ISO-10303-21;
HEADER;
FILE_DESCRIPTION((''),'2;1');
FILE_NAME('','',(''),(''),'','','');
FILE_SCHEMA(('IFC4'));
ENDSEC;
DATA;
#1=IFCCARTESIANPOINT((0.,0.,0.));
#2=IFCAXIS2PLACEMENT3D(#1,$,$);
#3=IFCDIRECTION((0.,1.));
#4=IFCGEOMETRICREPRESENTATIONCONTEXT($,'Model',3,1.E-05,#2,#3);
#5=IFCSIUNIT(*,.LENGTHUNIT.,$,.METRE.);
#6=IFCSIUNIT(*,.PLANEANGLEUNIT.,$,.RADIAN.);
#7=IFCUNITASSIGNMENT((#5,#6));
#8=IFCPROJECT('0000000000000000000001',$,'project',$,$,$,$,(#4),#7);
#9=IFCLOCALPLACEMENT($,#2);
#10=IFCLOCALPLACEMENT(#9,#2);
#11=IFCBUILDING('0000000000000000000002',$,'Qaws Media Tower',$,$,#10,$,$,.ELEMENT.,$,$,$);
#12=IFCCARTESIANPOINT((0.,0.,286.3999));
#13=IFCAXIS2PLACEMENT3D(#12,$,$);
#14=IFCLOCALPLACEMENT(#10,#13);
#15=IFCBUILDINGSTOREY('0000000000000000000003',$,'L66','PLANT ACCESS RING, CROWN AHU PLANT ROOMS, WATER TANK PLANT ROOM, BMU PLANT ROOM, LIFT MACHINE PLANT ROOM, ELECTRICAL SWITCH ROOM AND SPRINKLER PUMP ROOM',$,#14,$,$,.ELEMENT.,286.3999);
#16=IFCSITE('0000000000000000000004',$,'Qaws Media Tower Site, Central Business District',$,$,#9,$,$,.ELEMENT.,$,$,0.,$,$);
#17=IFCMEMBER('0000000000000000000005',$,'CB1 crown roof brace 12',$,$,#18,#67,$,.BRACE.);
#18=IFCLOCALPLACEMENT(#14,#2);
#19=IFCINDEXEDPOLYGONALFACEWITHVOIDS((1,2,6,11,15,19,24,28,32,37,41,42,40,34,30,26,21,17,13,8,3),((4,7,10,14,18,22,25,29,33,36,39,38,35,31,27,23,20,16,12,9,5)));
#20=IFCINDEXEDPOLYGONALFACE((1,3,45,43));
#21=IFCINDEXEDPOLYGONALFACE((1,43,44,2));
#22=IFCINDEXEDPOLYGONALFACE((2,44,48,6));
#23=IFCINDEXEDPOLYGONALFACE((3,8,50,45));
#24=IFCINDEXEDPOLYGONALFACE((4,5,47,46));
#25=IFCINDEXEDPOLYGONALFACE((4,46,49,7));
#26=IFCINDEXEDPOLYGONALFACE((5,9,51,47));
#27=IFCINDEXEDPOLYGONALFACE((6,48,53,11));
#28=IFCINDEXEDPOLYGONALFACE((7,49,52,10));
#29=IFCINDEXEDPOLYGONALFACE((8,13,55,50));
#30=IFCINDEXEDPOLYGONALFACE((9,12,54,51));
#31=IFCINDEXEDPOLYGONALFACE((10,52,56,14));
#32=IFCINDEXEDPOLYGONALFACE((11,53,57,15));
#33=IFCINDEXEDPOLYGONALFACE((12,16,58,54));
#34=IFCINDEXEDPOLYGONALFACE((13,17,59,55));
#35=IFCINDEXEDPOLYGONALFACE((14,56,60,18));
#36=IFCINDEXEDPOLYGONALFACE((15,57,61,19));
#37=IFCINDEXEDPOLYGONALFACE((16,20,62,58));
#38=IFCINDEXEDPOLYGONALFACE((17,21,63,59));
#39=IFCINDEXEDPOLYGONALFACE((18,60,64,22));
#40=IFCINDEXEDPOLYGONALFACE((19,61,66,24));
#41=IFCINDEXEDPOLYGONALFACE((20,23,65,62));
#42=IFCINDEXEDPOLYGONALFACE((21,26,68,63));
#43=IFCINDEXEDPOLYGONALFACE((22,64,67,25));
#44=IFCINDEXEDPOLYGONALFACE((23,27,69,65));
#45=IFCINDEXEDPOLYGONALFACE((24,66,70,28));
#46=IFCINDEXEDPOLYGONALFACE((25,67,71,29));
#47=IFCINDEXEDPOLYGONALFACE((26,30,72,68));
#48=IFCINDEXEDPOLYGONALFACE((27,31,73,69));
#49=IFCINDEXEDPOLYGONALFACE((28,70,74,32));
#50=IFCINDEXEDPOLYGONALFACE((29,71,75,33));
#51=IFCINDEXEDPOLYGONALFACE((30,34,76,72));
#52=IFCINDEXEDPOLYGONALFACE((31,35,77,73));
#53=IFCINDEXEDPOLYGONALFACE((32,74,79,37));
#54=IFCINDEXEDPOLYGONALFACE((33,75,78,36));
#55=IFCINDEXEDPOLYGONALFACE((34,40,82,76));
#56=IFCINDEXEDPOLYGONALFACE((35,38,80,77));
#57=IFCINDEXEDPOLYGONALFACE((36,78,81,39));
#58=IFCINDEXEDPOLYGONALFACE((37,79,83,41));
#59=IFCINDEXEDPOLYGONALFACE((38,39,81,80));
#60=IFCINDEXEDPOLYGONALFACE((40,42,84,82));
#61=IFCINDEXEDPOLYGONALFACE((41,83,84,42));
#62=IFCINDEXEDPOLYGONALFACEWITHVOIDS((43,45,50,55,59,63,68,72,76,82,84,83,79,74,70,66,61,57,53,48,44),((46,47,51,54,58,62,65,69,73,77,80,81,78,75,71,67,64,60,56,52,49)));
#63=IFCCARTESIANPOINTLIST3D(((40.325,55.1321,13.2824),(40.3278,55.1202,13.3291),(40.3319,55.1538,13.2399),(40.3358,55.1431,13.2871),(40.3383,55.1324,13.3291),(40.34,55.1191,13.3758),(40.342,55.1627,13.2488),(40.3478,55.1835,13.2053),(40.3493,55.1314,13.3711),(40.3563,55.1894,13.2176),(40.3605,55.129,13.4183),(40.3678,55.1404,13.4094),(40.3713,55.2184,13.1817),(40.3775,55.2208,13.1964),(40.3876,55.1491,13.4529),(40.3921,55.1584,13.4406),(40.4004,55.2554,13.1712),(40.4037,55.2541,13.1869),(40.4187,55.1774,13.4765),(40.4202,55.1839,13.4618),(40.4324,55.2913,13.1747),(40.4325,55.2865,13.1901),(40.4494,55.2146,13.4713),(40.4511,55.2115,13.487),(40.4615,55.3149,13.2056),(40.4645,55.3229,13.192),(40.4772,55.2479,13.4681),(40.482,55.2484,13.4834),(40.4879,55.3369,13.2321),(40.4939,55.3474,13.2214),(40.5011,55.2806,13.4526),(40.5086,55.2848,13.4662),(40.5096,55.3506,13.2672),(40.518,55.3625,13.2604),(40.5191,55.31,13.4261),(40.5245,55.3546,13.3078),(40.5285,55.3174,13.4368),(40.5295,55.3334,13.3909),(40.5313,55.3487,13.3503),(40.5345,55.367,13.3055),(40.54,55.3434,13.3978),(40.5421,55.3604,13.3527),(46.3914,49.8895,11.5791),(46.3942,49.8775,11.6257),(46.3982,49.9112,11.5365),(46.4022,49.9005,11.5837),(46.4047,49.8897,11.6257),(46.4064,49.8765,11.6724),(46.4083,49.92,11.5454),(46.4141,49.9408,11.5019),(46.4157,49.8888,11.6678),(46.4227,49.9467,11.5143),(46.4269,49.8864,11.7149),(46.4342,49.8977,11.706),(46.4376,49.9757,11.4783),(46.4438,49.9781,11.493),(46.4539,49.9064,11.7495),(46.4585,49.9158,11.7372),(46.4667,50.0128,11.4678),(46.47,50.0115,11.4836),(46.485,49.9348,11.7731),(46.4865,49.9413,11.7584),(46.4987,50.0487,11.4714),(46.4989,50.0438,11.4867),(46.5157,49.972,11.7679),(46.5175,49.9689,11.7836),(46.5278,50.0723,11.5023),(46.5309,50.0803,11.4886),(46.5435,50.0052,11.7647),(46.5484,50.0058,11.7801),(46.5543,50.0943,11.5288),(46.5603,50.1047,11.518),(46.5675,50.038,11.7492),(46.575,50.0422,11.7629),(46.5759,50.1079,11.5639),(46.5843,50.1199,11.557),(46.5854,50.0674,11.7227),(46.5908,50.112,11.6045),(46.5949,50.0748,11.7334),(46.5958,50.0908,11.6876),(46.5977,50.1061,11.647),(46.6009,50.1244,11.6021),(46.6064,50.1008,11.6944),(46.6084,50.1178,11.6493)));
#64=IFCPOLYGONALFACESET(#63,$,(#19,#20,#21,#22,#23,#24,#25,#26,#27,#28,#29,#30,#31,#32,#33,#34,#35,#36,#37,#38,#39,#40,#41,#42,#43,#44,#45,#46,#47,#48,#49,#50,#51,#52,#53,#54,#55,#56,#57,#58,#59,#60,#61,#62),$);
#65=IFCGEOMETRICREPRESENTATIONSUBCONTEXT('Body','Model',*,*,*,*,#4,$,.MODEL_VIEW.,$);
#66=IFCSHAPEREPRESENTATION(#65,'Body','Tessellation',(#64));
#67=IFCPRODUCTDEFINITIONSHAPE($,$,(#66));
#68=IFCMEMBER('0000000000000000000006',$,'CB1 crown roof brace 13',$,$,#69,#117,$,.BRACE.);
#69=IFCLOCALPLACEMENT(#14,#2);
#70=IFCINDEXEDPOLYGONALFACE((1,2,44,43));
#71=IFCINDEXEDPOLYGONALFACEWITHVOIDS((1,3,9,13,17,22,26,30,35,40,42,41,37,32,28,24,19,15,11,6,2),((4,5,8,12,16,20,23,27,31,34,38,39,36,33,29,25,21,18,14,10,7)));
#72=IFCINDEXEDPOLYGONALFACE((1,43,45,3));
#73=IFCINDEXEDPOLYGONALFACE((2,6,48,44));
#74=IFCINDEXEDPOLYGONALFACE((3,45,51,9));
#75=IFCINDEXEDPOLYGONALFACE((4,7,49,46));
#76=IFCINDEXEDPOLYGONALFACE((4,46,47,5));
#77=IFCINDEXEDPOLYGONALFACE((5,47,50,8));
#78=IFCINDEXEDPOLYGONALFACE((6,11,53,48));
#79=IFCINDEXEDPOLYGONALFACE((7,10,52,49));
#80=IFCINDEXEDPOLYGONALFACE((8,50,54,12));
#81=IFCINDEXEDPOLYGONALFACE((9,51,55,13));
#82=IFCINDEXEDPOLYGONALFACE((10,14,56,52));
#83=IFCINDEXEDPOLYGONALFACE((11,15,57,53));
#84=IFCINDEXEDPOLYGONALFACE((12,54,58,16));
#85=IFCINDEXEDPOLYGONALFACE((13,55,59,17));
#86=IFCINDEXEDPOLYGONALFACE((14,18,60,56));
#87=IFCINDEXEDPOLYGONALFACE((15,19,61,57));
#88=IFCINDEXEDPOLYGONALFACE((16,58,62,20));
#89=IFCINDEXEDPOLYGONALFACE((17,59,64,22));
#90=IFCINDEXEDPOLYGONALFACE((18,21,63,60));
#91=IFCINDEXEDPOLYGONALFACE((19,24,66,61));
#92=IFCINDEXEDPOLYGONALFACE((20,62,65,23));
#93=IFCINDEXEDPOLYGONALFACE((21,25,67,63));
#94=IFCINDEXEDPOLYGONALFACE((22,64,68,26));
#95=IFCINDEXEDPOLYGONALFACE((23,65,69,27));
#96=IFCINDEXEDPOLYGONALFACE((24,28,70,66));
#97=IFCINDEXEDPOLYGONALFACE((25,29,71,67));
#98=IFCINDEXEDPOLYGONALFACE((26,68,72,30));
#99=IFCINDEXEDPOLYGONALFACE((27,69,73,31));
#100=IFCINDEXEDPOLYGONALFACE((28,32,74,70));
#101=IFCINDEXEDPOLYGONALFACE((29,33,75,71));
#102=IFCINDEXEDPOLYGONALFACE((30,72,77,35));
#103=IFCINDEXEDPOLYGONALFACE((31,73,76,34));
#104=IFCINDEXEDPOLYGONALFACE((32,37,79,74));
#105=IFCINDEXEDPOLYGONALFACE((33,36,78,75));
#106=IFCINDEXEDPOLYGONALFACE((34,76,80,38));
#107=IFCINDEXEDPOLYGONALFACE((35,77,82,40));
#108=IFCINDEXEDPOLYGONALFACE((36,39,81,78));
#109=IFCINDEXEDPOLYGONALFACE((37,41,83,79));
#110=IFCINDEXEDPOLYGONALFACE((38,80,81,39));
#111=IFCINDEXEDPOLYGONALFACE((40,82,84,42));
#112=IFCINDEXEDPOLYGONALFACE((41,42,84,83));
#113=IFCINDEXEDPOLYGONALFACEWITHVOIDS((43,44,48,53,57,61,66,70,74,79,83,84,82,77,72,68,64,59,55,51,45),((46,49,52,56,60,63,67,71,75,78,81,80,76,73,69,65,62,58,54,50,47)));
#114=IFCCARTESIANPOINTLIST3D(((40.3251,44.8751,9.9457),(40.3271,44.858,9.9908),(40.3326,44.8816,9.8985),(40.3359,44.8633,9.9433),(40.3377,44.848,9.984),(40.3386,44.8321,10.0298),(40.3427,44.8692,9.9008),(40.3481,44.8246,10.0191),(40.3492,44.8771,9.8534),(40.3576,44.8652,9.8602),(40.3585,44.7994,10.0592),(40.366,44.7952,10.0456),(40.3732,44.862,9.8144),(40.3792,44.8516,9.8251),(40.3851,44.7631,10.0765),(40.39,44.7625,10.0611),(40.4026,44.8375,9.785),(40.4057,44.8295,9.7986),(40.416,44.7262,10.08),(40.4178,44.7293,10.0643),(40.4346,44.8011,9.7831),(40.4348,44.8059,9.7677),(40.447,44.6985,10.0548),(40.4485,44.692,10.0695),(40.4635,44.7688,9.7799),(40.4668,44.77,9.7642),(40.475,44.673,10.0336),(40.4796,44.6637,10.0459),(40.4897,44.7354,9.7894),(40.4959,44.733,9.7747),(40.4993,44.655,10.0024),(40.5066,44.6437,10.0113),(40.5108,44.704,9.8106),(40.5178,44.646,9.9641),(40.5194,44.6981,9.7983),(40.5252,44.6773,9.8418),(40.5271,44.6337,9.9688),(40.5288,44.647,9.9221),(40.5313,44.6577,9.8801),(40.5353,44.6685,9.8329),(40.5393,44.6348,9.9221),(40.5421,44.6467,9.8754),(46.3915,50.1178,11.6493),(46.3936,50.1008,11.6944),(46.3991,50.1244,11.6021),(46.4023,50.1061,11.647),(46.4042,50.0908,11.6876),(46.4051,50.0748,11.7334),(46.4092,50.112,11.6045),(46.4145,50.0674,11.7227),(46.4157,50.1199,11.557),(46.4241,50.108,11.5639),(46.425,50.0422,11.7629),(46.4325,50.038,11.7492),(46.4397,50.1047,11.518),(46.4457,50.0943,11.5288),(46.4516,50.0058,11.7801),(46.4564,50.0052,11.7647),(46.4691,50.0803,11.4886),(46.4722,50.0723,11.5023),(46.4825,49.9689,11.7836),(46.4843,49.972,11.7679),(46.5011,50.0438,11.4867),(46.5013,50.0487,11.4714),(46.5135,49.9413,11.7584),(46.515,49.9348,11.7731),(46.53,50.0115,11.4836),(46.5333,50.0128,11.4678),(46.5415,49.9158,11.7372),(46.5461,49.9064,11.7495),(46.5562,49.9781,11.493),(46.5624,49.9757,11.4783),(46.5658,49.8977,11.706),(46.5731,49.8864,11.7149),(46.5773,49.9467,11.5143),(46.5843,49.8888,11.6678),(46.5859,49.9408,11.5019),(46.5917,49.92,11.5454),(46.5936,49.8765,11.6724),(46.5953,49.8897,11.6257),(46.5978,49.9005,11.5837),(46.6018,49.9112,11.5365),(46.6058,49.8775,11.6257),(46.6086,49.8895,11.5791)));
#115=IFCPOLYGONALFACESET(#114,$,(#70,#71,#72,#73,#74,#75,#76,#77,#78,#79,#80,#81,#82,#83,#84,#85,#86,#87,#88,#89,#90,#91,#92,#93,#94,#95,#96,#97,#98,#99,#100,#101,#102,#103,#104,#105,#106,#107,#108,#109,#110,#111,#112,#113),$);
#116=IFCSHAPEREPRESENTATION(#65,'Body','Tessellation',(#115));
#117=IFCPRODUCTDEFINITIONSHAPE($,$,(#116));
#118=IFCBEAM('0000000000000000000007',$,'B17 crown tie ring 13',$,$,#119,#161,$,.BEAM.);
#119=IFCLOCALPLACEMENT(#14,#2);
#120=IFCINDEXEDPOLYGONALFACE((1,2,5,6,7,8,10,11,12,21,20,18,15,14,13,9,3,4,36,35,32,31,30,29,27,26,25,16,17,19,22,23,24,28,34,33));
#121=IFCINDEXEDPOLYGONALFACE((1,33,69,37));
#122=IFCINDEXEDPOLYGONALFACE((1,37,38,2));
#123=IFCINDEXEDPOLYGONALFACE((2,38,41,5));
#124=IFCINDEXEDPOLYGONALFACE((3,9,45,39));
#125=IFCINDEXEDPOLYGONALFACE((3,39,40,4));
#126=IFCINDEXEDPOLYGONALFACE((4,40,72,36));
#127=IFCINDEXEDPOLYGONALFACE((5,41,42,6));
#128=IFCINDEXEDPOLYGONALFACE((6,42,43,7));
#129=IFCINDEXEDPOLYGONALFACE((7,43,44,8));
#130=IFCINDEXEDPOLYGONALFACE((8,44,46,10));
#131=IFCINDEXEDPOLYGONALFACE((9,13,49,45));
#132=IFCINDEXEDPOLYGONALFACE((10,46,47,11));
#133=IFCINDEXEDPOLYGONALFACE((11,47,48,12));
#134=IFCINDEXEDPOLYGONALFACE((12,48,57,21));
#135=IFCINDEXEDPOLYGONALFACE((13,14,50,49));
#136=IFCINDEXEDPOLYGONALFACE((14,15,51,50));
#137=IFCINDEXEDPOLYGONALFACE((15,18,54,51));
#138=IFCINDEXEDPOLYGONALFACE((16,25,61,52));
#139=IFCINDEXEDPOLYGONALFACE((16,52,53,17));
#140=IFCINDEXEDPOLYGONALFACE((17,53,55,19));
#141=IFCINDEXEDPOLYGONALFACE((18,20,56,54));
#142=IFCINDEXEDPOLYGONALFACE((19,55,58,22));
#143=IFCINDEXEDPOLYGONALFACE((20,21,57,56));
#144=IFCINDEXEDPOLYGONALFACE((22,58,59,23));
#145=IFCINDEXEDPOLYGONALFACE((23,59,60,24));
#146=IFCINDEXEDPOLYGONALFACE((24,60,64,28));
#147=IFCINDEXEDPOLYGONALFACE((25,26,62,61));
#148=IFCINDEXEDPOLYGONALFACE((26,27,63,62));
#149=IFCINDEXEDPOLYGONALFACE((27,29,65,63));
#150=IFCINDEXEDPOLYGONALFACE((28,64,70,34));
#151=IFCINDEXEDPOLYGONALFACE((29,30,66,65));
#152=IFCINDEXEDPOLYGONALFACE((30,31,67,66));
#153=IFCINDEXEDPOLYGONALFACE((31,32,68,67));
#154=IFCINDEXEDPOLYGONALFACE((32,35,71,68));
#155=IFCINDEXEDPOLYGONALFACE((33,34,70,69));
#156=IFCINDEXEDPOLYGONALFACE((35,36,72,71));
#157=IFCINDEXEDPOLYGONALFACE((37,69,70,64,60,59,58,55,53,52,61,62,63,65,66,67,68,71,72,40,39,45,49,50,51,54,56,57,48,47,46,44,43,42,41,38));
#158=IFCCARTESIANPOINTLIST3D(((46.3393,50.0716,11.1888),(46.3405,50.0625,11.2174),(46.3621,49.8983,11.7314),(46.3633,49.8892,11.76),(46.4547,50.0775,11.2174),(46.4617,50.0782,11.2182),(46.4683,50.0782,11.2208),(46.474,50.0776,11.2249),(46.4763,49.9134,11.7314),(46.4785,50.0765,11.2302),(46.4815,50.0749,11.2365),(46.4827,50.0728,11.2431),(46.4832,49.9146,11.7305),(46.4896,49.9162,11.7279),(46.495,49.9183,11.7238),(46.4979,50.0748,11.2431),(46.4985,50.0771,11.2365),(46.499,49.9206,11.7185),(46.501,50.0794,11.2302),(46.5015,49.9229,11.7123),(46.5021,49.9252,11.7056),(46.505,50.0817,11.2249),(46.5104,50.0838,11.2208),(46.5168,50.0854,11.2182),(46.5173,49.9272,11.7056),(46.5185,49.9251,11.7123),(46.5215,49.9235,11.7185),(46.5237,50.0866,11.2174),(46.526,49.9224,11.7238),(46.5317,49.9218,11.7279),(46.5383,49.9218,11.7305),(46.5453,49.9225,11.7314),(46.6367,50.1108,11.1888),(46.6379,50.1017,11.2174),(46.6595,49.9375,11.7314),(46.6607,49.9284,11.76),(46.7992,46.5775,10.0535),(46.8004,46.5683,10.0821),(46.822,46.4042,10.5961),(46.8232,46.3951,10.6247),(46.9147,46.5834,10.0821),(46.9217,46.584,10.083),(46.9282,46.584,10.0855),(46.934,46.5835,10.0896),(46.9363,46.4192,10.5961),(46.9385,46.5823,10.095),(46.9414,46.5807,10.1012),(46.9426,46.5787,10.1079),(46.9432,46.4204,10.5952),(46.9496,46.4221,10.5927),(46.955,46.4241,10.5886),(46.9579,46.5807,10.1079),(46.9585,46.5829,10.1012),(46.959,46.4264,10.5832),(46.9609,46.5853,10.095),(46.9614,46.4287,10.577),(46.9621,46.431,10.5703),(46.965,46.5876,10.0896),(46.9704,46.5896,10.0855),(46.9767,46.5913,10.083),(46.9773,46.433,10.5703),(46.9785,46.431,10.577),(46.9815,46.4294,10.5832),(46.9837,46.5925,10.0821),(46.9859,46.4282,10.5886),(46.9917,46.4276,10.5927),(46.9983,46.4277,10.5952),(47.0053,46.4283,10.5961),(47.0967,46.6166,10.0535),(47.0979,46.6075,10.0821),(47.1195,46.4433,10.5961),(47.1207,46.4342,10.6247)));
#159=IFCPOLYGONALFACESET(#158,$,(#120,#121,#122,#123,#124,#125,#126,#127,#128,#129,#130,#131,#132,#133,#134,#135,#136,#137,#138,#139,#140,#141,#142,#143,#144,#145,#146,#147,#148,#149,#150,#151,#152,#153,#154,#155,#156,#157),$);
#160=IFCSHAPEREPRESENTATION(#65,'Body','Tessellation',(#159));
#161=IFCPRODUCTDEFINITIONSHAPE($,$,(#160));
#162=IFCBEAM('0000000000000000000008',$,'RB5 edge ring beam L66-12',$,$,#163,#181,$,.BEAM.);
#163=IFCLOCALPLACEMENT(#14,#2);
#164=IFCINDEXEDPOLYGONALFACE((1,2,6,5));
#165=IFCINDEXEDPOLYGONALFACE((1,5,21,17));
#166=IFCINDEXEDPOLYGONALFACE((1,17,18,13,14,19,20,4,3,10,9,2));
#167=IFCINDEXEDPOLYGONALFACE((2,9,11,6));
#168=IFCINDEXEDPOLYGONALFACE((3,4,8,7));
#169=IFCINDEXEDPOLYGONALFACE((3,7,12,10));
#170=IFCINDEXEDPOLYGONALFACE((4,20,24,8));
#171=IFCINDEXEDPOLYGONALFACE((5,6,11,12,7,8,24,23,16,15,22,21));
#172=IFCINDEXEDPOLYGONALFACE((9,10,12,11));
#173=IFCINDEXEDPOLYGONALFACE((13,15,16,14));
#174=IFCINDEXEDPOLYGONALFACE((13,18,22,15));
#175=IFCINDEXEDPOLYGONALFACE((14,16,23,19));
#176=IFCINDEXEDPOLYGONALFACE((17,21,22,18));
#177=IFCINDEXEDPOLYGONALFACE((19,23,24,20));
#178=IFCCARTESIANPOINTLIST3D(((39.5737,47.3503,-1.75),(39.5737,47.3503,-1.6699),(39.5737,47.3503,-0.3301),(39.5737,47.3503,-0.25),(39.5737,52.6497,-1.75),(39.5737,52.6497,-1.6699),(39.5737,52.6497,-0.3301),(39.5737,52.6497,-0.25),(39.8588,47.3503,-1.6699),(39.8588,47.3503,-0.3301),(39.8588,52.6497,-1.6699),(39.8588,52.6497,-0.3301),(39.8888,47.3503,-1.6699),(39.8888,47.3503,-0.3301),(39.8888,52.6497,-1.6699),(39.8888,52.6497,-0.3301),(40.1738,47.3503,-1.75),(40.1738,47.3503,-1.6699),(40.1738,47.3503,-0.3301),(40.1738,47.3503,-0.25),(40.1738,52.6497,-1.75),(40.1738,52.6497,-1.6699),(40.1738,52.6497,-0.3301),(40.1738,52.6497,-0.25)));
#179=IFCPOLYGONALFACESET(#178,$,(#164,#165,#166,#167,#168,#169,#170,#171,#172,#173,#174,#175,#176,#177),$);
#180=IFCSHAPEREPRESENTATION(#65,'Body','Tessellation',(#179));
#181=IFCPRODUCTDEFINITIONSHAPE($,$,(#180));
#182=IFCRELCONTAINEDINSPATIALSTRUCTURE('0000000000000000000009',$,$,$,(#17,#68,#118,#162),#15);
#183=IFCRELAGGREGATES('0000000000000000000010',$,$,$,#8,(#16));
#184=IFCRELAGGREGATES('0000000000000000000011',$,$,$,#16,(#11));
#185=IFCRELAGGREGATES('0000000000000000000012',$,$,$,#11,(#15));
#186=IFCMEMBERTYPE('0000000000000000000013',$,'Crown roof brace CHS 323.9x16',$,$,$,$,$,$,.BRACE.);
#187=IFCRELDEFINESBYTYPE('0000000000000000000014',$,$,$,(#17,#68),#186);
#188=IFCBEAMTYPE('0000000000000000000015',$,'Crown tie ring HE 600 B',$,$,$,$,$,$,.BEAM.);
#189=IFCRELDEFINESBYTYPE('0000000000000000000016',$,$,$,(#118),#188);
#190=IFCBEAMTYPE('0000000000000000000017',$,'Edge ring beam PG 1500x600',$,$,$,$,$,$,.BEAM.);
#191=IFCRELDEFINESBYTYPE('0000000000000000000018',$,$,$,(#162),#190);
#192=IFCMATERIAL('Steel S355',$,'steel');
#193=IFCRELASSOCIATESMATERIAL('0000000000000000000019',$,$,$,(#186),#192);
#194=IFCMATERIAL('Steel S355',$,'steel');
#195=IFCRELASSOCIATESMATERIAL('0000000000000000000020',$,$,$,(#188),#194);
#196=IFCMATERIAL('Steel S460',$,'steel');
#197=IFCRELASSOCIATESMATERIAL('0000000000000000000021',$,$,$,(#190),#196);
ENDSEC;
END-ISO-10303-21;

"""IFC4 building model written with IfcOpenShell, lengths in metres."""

from ifc_helpers import new_model, si_unit, direction, frame, origin, origin_2d, place, context, subcontext, project, spatial, hollow_circle, i_section, extrude, material, material_profile, profile_set, type_object, element, save


model = new_model("IFC4")

# Units and contexts
model_context = context("Model", 3, precision=1e-05, world=origin(), true_north=direction((0.0, 1.0)))
body_context = subcontext(model_context, "Body", "Model", "MODEL_VIEW")
ifc_project = project(units=[si_unit("LENGTHUNIT", "METRE"), si_unit("PLANEANGLEUNIT", "RADIAN")], contexts=[model_context])

# Site, building, storey
site_placement = place(None, origin())
site = spatial("IfcSite", under=ifc_project, at=site_placement, Name="Qaws Media Tower Site, Central Business District", CompositionType="ELEMENT", RefElevation=0.0)
building_placement = place(site_placement, origin())
building = spatial("IfcBuilding", under=site, at=building_placement, Name="Qaws Media Tower", CompositionType="ELEMENT")
storey_placement = place(building_placement, frame((0.0, 0.0, 286.3999)))
storey = spatial("IfcBuildingStorey", under=building, at=storey_placement, Name="L66", Description="PLANT ACCESS RING, CROWN AHU PLANT ROOMS, WATER TANK PLANT ROOM, BMU PLANT ROOM, LIFT MACHINE PLANT ROOM, ELECTRICAL SWITCH ROOM AND SPRINKLER PUMP ROOM", CompositionType="ELEMENT", Elevation=286.3999)

# Members
ifc_material_1 = material(Name="Steel S355", Category="steel")
ifc_material_profile_1 = material_profile(ifc_material_1, hollow_circle(Radius=0.1619, WallThickness=0.0161, at=origin_2d()), Name="CHS 323.9x16")
ifc_profile_set_1 = profile_set([ifc_material_profile_1], Name="Steel S355")
member_type_1 = type_object("IfcMemberType", Name="Crown roof brace CHS 323.9x16", PredefinedType="BRACE", material=ifc_profile_set_1)
member_1_placement = place(storey_placement, frame((46.5, 50.0, 11.6257), z_axis=(-0.74009, 0.639596, 0.207808), x_axis=(-0.65387, -0.756607, 0.0)))
element("IfcMember", 1, at=member_1_placement, inside=storey, type_object=member_type_1, Name="CB1 crown roof brace 12", PredefinedType="BRACE", context=body_context, shape_type="SweptSolid", body=[
    extrude(hollow_circle(Radius=0.1619, WallThickness=0.0161, at=origin_2d()), origin(), (0.0, 0.0, 1.0), 8.1968),
])
member_2_placement = place(storey_placement, frame((46.5, 50.0, 11.6257), z_axis=(-0.740085, -0.639592, -0.207836), x_axis=(0.65387, -0.756607, 0.0)))
element("IfcMember", 2, at=member_2_placement, inside=storey, type_object=member_type_1, Name="CB1 crown roof brace 13", PredefinedType="BRACE", context=body_context, shape_type="SweptSolid", body=[
    extrude(hollow_circle(Radius=0.1619, WallThickness=0.0161, at=origin_2d()), origin(), (0.0, 0.0, 1.0), 8.197),
])

# Beams
ifc_material_2 = material(Name="Steel S355", Category="steel")
ifc_material_profile_2 = material_profile(ifc_material_2, i_section(OverallWidth=0.3, OverallDepth=0.6001, WebThickness=0.0154, FlangeThickness=0.03, FilletRadius=0.0271, at=origin_2d()), Name="HE 600 B")
ifc_profile_set_2 = profile_set([ifc_material_profile_2], Name="Steel S355")
beam_type_1 = type_object("IfcBeamType", Name="Crown tie ring HE 600 B", PredefinedType="BEAM", material=ifc_profile_set_2)
beam_1_placement = place(storey_placement, frame((46.5, 50.0, 11.4744), z_axis=(0.124226, -0.943694, -0.306608), x_axis=(0.991447, 0.130512, 0.0)))
element("IfcBeam", 3, at=beam_1_placement, inside=storey, type_object=beam_type_1, Name="B17 crown tie ring 13", PredefinedType="BEAM", context=body_context, shape_type="SweptSolid", body=[
    extrude(i_section(OverallWidth=0.3, OverallDepth=0.6001, WebThickness=0.0154, FlangeThickness=0.03, FilletRadius=0.0271, at=origin_2d()), origin(), (0.0, 0.0, 1.0), 3.7026),
])
ifc_material_3 = material(Name="Steel S460", Category="steel")
ifc_material_profile_3 = material_profile(ifc_material_3, i_section(OverallWidth=0.6001, OverallDepth=1.5, WebThickness=0.03, FlangeThickness=0.0801, at=origin_2d()), Name="PG 1500x600")
ifc_profile_set_3 = profile_set([ifc_material_profile_3], Name="Steel S460")
beam_type_2 = type_object("IfcBeamType", Name="Edge ring beam PG 1500x600", PredefinedType="BEAM", material=ifc_profile_set_3)
beam_2_placement = place(storey_placement, frame((39.8738, 52.6497, -1.0), z_axis=(0.0, -1.0, 0.0), x_axis=(1.0, 0.0, 0.0)))
element("IfcBeam", 4, at=beam_2_placement, inside=storey, type_object=beam_type_2, Name="RB5 edge ring beam L66-12", PredefinedType="BEAM", context=body_context, shape_type="SweptSolid", body=[
    extrude(i_section(OverallWidth=0.6001, OverallDepth=1.5, WebThickness=0.03, FlangeThickness=0.0801, at=origin_2d()), origin(), (0.0, 0.0, 1.0), 5.2993),
])

save(model, "model.ifc")
